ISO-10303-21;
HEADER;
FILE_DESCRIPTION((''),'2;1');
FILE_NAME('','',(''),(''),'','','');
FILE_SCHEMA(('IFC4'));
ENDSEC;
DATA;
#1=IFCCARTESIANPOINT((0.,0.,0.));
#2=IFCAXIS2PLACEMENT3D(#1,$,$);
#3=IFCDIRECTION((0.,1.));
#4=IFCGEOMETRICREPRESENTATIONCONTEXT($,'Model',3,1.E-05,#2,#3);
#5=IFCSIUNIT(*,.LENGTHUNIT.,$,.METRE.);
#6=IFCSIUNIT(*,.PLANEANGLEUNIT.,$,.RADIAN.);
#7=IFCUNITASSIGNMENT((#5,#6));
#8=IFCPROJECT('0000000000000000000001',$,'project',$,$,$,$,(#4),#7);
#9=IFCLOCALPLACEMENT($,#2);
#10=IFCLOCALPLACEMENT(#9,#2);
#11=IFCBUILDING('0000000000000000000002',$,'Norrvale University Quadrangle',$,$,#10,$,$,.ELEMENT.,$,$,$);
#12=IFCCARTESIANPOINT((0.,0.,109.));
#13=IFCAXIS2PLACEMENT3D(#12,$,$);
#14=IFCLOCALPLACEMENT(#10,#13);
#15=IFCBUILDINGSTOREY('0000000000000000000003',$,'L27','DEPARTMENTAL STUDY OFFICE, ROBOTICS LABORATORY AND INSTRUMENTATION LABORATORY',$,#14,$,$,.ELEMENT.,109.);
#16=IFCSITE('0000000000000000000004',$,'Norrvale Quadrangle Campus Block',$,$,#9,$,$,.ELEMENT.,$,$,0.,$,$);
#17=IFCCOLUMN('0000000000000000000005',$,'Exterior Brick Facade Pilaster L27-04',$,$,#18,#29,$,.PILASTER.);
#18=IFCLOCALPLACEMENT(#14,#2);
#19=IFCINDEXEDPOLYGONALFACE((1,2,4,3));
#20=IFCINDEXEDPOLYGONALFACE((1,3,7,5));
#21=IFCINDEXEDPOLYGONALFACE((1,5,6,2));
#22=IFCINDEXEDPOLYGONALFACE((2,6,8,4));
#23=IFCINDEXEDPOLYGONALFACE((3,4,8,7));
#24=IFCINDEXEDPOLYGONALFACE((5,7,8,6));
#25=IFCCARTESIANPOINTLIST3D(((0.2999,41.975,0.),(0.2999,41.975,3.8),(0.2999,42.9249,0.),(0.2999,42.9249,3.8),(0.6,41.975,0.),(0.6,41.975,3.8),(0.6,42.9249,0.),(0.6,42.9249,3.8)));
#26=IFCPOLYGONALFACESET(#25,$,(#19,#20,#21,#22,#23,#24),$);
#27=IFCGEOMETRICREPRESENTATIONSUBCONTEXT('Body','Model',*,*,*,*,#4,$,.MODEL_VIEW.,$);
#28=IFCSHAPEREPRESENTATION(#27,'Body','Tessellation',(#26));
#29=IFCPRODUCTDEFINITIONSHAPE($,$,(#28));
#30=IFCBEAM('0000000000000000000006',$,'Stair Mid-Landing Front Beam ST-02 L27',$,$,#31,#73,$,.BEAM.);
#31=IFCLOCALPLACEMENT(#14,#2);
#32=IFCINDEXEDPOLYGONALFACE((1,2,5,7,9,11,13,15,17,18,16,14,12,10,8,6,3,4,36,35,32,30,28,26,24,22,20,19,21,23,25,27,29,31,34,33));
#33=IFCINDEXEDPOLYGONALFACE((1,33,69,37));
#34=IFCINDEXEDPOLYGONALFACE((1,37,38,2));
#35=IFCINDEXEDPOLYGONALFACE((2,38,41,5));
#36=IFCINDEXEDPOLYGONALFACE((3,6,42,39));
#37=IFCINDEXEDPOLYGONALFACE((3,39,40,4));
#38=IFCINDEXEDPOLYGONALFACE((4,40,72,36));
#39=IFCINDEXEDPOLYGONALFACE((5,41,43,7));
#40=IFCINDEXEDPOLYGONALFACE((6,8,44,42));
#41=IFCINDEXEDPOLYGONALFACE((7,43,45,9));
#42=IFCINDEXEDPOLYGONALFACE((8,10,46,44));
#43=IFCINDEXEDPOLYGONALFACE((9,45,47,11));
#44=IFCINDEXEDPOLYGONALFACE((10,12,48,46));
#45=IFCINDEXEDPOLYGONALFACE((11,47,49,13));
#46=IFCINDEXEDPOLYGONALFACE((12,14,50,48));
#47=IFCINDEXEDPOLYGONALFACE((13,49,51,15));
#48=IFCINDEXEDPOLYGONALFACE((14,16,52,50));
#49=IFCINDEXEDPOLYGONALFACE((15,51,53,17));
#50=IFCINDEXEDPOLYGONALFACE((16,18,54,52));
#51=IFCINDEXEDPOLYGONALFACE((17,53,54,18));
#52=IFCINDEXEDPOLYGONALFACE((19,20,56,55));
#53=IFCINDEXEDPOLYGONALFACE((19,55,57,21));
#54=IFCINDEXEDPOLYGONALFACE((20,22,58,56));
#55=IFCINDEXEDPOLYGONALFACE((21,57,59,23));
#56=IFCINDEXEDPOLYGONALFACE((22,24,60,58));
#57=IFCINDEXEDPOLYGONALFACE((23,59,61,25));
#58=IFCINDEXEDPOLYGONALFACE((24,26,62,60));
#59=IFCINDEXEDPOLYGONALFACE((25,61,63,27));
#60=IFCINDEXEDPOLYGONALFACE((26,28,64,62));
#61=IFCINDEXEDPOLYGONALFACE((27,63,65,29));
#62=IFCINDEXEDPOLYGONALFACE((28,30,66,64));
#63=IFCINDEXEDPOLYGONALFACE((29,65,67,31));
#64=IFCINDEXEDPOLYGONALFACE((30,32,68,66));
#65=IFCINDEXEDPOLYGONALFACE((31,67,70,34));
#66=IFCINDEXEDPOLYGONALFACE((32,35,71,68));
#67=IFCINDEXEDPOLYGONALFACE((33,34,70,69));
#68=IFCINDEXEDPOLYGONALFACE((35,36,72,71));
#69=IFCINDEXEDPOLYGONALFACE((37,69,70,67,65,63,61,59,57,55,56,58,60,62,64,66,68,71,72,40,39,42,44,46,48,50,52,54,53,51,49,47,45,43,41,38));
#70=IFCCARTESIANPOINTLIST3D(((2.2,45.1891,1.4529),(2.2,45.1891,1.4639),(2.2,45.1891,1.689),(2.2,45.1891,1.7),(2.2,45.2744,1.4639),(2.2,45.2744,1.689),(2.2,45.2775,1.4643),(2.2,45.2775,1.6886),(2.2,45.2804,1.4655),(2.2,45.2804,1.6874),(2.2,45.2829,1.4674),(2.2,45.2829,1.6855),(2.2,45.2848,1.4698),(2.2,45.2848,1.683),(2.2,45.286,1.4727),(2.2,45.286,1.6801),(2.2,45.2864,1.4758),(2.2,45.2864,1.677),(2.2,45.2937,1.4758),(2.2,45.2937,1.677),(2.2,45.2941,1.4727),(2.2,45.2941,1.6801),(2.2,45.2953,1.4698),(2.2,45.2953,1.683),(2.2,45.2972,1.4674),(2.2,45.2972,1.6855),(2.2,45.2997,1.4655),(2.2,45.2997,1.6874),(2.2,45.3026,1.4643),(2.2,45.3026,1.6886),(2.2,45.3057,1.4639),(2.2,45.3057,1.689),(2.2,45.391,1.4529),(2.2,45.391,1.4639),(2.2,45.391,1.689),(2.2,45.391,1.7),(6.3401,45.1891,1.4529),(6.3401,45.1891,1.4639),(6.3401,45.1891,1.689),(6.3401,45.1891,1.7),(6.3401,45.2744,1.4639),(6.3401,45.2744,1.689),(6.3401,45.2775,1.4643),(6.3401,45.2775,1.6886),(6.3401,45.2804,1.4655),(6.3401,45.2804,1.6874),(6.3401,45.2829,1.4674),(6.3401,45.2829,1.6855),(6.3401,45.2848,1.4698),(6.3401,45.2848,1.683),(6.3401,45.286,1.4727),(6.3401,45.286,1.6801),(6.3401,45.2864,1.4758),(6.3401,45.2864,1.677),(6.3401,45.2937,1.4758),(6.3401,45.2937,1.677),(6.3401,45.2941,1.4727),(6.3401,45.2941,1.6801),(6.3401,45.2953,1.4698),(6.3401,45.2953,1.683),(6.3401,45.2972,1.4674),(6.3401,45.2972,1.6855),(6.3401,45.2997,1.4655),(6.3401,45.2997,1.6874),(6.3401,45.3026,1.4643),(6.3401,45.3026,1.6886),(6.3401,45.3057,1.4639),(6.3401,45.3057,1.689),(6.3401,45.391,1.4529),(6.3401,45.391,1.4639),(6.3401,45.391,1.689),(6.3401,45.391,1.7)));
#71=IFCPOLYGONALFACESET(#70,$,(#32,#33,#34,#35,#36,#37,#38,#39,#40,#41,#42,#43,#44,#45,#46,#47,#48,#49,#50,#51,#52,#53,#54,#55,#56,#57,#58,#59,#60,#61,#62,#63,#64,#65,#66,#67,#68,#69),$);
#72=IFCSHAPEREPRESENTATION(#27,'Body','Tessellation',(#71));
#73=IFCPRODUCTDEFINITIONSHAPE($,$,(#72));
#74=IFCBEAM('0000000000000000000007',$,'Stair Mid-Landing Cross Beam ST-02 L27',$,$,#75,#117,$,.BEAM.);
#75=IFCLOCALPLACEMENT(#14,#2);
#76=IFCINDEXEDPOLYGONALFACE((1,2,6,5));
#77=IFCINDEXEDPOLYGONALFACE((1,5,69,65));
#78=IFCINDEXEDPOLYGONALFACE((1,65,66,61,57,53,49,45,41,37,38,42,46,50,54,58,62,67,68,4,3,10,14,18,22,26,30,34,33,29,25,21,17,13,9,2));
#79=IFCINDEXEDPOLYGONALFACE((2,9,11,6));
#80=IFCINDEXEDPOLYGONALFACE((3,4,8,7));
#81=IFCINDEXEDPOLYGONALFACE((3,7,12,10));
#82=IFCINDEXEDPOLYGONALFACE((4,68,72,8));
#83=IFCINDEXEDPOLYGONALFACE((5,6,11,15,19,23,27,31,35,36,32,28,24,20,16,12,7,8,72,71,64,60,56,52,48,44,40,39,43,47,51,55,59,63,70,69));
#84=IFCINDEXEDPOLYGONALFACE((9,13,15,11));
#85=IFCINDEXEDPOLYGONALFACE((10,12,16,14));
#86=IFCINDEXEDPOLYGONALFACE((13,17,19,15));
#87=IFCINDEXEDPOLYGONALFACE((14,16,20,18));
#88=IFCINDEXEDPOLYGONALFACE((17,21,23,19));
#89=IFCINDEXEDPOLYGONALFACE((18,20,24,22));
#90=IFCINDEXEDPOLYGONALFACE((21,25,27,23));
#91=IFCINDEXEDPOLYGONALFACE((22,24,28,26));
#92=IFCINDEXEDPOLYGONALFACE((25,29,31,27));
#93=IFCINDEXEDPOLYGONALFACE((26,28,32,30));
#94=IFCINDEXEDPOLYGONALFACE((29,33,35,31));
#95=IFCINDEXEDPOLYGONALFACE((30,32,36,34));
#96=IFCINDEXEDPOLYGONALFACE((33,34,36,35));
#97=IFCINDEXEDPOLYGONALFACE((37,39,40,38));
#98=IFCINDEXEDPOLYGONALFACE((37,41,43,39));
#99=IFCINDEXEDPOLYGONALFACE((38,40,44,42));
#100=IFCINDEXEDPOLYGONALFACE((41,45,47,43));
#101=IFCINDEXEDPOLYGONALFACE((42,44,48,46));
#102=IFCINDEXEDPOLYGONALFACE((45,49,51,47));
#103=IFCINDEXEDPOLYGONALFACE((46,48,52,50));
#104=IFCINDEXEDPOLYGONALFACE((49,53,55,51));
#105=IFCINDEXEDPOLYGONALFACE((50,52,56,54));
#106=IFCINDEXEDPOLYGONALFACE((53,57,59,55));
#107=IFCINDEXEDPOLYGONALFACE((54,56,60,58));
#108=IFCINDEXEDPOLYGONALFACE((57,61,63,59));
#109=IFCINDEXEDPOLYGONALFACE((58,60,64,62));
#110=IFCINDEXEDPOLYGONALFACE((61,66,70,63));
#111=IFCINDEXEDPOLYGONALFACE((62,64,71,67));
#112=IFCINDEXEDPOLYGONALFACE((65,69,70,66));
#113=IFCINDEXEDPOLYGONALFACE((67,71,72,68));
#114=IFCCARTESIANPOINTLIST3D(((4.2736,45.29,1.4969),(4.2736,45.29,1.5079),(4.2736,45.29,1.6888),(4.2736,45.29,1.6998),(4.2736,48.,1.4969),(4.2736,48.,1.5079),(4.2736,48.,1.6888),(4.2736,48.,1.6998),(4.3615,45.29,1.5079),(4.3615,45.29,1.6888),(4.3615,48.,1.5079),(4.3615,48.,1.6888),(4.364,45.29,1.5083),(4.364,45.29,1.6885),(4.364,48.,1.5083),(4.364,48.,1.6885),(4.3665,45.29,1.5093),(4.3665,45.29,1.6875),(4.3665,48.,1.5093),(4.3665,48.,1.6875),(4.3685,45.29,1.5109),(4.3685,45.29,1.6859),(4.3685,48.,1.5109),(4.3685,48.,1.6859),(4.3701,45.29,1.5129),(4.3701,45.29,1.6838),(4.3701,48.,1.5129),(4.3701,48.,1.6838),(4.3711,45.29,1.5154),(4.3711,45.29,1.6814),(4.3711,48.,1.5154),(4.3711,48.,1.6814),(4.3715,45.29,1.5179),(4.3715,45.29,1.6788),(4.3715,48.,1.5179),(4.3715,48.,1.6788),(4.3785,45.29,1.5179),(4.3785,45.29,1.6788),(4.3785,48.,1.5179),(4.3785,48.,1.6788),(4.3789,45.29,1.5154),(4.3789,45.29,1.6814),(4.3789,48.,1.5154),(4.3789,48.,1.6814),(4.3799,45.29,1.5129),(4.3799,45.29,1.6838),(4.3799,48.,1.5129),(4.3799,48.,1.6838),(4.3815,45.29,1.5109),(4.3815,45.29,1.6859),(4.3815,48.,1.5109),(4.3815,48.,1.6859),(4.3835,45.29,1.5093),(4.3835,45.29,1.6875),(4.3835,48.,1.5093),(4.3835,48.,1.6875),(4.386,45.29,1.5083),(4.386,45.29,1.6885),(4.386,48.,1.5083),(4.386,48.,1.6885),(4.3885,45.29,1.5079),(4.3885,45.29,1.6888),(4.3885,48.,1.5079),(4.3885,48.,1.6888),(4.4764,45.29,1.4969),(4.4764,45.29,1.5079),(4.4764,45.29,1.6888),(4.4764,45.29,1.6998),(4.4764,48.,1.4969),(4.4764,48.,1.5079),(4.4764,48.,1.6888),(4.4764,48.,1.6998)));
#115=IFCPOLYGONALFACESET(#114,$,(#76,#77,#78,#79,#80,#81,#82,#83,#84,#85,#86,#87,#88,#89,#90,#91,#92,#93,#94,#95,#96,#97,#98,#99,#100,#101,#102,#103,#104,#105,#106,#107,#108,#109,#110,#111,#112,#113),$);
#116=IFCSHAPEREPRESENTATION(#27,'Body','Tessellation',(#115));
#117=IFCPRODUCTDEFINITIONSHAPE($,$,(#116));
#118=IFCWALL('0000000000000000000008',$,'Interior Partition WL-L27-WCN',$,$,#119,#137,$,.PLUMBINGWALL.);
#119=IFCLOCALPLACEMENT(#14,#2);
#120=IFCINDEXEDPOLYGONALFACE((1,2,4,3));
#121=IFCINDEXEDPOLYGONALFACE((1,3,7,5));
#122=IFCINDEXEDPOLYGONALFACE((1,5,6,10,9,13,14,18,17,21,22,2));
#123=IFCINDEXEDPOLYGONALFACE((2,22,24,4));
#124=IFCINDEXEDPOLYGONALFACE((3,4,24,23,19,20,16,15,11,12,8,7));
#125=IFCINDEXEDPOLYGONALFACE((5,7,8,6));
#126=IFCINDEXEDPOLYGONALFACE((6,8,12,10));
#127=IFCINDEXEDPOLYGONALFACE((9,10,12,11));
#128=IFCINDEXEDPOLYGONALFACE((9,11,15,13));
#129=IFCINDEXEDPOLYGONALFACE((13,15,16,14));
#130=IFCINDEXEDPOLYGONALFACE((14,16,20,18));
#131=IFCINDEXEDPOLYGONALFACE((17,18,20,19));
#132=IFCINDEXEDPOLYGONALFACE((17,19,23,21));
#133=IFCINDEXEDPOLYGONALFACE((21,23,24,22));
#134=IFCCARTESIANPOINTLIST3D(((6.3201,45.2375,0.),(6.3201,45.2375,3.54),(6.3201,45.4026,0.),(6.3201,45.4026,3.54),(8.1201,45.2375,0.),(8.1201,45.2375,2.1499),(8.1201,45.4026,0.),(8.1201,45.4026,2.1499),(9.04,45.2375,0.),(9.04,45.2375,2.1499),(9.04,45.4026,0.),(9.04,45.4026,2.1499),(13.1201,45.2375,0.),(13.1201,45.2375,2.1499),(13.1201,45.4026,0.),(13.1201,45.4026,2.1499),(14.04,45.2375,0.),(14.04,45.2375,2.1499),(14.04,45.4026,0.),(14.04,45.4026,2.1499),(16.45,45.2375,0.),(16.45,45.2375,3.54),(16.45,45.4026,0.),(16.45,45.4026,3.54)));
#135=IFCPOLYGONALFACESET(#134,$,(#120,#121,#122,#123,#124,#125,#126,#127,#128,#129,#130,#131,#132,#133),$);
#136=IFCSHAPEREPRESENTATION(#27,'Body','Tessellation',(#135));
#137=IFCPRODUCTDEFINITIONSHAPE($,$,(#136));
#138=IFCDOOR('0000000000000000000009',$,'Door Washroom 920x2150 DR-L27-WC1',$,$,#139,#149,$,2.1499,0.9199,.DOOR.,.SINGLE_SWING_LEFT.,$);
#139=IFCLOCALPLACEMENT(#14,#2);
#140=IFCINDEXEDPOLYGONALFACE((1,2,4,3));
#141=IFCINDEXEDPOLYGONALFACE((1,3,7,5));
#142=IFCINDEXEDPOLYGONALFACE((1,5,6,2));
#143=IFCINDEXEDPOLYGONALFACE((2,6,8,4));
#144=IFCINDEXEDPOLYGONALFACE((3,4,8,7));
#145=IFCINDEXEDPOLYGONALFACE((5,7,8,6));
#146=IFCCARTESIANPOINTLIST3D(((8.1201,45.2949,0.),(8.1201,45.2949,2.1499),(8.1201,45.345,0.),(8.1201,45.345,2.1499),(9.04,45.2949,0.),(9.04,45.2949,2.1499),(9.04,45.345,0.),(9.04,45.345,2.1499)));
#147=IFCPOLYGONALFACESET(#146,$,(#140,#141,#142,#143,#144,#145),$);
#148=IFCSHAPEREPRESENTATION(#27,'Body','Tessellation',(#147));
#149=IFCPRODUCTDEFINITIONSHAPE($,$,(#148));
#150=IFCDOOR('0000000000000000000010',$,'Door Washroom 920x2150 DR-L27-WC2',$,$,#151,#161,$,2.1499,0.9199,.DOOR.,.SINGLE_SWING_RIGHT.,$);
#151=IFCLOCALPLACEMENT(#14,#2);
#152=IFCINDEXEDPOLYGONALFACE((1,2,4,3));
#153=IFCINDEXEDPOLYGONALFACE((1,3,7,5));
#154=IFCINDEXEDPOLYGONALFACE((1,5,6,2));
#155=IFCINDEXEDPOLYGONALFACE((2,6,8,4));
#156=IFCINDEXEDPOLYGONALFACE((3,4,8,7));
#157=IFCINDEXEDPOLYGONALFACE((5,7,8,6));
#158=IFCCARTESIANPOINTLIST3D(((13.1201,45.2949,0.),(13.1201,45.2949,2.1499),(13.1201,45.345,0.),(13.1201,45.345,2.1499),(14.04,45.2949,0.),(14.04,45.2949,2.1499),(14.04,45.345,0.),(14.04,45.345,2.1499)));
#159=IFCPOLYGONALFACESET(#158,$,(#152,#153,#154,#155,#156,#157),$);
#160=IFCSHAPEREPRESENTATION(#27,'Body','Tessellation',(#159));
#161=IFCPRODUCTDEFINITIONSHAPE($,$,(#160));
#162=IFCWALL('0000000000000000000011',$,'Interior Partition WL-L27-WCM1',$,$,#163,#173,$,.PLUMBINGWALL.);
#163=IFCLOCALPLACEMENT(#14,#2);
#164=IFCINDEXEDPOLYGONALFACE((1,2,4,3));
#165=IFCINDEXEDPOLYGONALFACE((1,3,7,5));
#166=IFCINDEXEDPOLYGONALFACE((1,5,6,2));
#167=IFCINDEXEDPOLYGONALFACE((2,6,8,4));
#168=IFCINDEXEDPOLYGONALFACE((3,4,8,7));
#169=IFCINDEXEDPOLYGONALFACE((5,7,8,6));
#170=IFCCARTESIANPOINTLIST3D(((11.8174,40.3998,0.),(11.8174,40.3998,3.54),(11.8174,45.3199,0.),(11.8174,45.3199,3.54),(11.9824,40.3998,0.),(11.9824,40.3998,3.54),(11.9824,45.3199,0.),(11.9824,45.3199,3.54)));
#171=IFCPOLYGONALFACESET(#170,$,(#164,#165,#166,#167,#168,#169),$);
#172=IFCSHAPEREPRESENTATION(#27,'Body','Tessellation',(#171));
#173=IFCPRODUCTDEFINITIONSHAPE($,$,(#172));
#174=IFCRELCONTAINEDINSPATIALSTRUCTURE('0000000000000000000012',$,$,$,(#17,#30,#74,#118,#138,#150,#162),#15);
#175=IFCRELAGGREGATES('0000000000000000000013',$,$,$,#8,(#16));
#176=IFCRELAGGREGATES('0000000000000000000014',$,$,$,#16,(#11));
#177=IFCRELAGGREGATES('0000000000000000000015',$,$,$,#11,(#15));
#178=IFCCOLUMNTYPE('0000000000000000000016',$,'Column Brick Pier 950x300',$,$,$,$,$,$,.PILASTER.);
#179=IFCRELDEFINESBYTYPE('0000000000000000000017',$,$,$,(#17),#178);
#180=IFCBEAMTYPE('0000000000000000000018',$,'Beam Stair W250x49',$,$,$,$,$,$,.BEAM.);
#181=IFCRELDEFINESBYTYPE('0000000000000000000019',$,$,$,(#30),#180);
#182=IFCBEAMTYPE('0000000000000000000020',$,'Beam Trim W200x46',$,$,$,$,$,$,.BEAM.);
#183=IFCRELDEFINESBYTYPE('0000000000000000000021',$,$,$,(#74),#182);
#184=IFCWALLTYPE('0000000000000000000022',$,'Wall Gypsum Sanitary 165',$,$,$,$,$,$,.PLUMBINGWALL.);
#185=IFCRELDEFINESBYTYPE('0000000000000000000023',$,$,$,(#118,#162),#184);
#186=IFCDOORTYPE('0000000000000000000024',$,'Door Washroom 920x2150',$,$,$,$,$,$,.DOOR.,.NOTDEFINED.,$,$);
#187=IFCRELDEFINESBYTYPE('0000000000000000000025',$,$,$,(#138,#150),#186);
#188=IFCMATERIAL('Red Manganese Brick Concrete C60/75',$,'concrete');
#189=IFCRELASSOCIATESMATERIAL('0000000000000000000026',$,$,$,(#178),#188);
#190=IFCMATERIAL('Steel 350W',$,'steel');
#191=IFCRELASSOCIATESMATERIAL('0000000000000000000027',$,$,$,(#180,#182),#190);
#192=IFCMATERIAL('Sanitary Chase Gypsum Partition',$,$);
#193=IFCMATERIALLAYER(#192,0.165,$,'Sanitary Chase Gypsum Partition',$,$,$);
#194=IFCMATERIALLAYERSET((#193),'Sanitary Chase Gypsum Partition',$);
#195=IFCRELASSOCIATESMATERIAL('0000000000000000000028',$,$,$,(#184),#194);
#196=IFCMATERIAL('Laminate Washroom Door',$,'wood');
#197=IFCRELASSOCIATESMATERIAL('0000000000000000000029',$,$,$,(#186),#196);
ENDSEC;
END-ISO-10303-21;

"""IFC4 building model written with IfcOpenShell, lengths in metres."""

from ifc_helpers import new_model, si_unit, direction, frame, frame_2d, origin, origin_2d, place, context, subcontext, project, spatial, rectangle, i_section, extrude, material, layer, layer_set, material_profile, profile_set, type_object, element, fill, save


model = new_model("IFC4")

# Units and contexts
model_context = context("Model", 3, precision=1e-05, world=origin(), true_north=direction((0.0, 1.0)))
body_context = subcontext(model_context, "Body", "Model", "MODEL_VIEW")
ifc_project = project(units=[si_unit("LENGTHUNIT", "METRE"), si_unit("PLANEANGLEUNIT", "RADIAN")], contexts=[model_context])

# Site, building, storey
site_placement = place(None, origin())
site = spatial("IfcSite", under=ifc_project, at=site_placement, Name="Norrvale Quadrangle Campus Block", CompositionType="ELEMENT", RefElevation=0.0)
building_placement = place(site_placement, origin())
building = spatial("IfcBuilding", under=site, at=building_placement, Name="Norrvale University Quadrangle", CompositionType="ELEMENT")
storey_placement = place(building_placement, frame((0.0, 0.0, 109.0)))
storey = spatial("IfcBuildingStorey", under=building, at=storey_placement, Name="L27", Description="DEPARTMENTAL STUDY OFFICE, ROBOTICS LABORATORY AND INSTRUMENTATION LABORATORY", CompositionType="ELEMENT", Elevation=109.0)

# Column
ifc_material_1 = material(Name="Red Manganese Brick Concrete C60/75", Category="concrete")
ifc_material_profile_1 = material_profile(ifc_material_1, rectangle(XDim=0.95, YDim=0.3, at=origin_2d()), Name="Red Manganese Brick Concrete C60/75")
ifc_profile_set_1 = profile_set([ifc_material_profile_1], Name="Red Manganese Brick Concrete C60/75")
column_type = type_object("IfcColumnType", Name="Column Brick Pier 950x300", PredefinedType="PILASTER", material=ifc_profile_set_1)
column_placement = place(storey_placement, frame((0.45, 42.45, 0.0), z_axis=(0.0, 0.0, 1.0), x_axis=(0.0, 1.0, 0.0)))
element("IfcColumn", 1, at=column_placement, inside=storey, type_object=column_type, Name="Exterior Brick Facade Pilaster L27-04", PredefinedType="PILASTER", context=body_context, shape_type="SweptSolid", body=[
    extrude(rectangle(XDim=0.95, YDim=0.3, at=origin_2d()), origin(), (0.0, 0.0, 1.0), 3.8),
])

# Beams
ifc_material_2 = material(Name="Steel 350W", Category="steel")
ifc_material_profile_2 = material_profile(ifc_material_2, i_section(OverallWidth=0.2019, OverallDepth=0.2471, WebThickness=0.0073, FlangeThickness=0.011, FilletRadius=0.012, at=origin_2d()), Name="Steel 350W")
ifc_profile_set_2 = profile_set([ifc_material_profile_2], Name="Steel 350W")
beam_type_1 = type_object("IfcBeamType", Name="Beam Stair W250x49", PredefinedType="BEAM", material=ifc_profile_set_2)
beam_1_placement = place(storey_placement, frame((2.2, 45.29, 1.5764), z_axis=(1.0, 0.0, 0.0), x_axis=(0.0, 1.0, 0.0)))
element("IfcBeam", 2, at=beam_1_placement, inside=storey, type_object=beam_type_1, Name="Stair Mid-Landing Front Beam ST-02 L27", PredefinedType="BEAM", context=body_context, shape_type="SweptSolid", body=[
    extrude(i_section(OverallWidth=0.2019, OverallDepth=0.2471, WebThickness=0.0073, FlangeThickness=0.011, FilletRadius=0.012, at=origin_2d()), origin(), (0.0, 0.0, 1.0), 4.1401),
])
ifc_material_profile_3 = material_profile(ifc_material_2, i_section(OverallWidth=0.2029, OverallDepth=0.2029, WebThickness=0.0071, FlangeThickness=0.011, FilletRadius=0.01, at=origin_2d()), Name="Steel 350W")
ifc_profile_set_3 = profile_set([ifc_material_profile_3], Name="Steel 350W")
beam_type_2 = type_object("IfcBeamType", Name="Beam Trim W200x46", PredefinedType="BEAM", material=ifc_profile_set_3)
beam_2_placement = place(storey_placement, frame((4.375, 45.29, 1.5984), z_axis=(0.0, 1.0, 0.0), x_axis=(-1.0, 0.0, 0.0)))
element("IfcBeam", 3, at=beam_2_placement, inside=storey, type_object=beam_type_2, Name="Stair Mid-Landing Cross Beam ST-02 L27", PredefinedType="BEAM", context=body_context, shape_type="SweptSolid", body=[
    extrude(i_section(OverallWidth=0.2029, OverallDepth=0.2029, WebThickness=0.0071, FlangeThickness=0.011, FilletRadius=0.01, at=origin_2d()), origin(), (0.0, 0.0, 1.0), 2.71),
])

# Wall, openings, doors
ifc_material_3 = material(Name="Sanitary Chase Gypsum Partition")
ifc_layer_1 = layer(ifc_material_3, 0.165, Name="Sanitary Chase Gypsum Partition")
ifc_layer_set_1 = layer_set([ifc_layer_1], Name="Sanitary Chase Gypsum Partition")
wall_type_1 = type_object("IfcWallType", Name="Wall Gypsum Sanitary 165", PredefinedType="PLUMBINGWALL", material=ifc_layer_set_1)
wall_1_placement = place(storey_placement, frame((6.3201, 45.3201, 0.0), z_axis=(0.0, 0.0, 1.0), x_axis=(1.0, 0.0, 0.0)))
wall_1 = element("IfcWall", 4, at=wall_1_placement, inside=storey, type_object=wall_type_1, Name="Interior Partition WL-L27-WCN", PredefinedType="PLUMBINGWALL", context=body_context, shape_type="SweptSolid", body=[
    extrude(rectangle(XDim=10.1299, YDim=0.165, at=frame_2d((5.0649, 0.0))), origin(), (0.0, 0.0, 1.0), 3.54),
])
opening_1_placement = place(wall_1_placement, frame((1.8, 0.0, 0.0)))
opening_1 = element("IfcOpeningElement", 5, at=opening_1_placement, cuts=wall_1, PredefinedType="OPENING", context=body_context, shape_type="SweptSolid", body=[
    extrude(rectangle(XDim=0.9199, YDim=2.1499, at=frame_2d((0.46, 1.075))), frame((0.0, 0.0945, 0.0), z_axis=(0.0, -1.0, 0.0), x_axis=(1.0, 0.0, 0.0)), (0.0, 0.0, 1.0), 0.189),
])
opening_2_placement = place(wall_1_placement, frame((6.8, 0.0, 0.0)))
opening_2 = element("IfcOpeningElement", 6, at=opening_2_placement, cuts=wall_1, PredefinedType="OPENING", context=body_context, shape_type="SweptSolid", body=[
    extrude(rectangle(XDim=0.9199, YDim=2.1499, at=frame_2d((0.46, 1.075))), frame((0.0, 0.0945, 0.0), z_axis=(0.0, -1.0, 0.0), x_axis=(1.0, 0.0, 0.0)), (0.0, 0.0, 1.0), 0.189),
])
ifc_material_4 = material(Name="Laminate Washroom Door", Category="wood")
door_type_1 = type_object("IfcDoorType", Name="Door Washroom 920x2150", OperationType="NOTDEFINED", PredefinedType="DOOR", material=ifc_material_4)
door_1_placement = place(opening_1_placement, origin())
door_1 = element("IfcDoor", 7, at=door_1_placement, inside=storey, type_object=door_type_1, Name="Door Washroom 920x2150 DR-L27-WC1", OperationType="SINGLE_SWING_LEFT", OverallHeight=2.1499, OverallWidth=0.9199, PredefinedType="DOOR", context=body_context, shape_type="SweptSolid", body=[
    extrude(rectangle(XDim=0.9199, YDim=2.1499, at=frame_2d((0.46, 1.075))), frame((0.0, 0.0249, 0.0), z_axis=(0.0, -1.0, 0.0), x_axis=(1.0, 0.0, 0.0)), (0.0, 0.0, 1.0), 0.05),
])
fill(opening_1, door_1)
door_2_placement = place(opening_2_placement, origin())
door_2 = element("IfcDoor", 8, at=door_2_placement, inside=storey, type_object=door_type_1, Name="Door Washroom 920x2150 DR-L27-WC2", OperationType="SINGLE_SWING_RIGHT", OverallHeight=2.1499, OverallWidth=0.9199, PredefinedType="DOOR", context=body_context, shape_type="SweptSolid", body=[
    extrude(rectangle(XDim=0.9199, YDim=2.1499, at=frame_2d((0.46, 1.075))), frame((0.0, 0.0249, 0.0), z_axis=(0.0, -1.0, 0.0), x_axis=(1.0, 0.0, 0.0)), (0.0, 0.0, 1.0), 0.05),
])
fill(opening_2, door_2)

# Wall
wall_2_placement = place(storey_placement, frame((11.8999, 40.3999, 0.0), z_axis=(0.0, 0.0, 1.0), x_axis=(0.0, 1.0, 0.0)))
element("IfcWall", 9, at=wall_2_placement, inside=storey, type_object=wall_type_1, Name="Interior Partition WL-L27-WCM1", PredefinedType="PLUMBINGWALL", context=body_context, shape_type="SweptSolid", body=[
    extrude(rectangle(XDim=4.9202, YDim=0.165, at=frame_2d((2.46, 0.0))), origin(), (0.0, 0.0, 1.0), 3.54),
])

save(model, "model.ifc")
